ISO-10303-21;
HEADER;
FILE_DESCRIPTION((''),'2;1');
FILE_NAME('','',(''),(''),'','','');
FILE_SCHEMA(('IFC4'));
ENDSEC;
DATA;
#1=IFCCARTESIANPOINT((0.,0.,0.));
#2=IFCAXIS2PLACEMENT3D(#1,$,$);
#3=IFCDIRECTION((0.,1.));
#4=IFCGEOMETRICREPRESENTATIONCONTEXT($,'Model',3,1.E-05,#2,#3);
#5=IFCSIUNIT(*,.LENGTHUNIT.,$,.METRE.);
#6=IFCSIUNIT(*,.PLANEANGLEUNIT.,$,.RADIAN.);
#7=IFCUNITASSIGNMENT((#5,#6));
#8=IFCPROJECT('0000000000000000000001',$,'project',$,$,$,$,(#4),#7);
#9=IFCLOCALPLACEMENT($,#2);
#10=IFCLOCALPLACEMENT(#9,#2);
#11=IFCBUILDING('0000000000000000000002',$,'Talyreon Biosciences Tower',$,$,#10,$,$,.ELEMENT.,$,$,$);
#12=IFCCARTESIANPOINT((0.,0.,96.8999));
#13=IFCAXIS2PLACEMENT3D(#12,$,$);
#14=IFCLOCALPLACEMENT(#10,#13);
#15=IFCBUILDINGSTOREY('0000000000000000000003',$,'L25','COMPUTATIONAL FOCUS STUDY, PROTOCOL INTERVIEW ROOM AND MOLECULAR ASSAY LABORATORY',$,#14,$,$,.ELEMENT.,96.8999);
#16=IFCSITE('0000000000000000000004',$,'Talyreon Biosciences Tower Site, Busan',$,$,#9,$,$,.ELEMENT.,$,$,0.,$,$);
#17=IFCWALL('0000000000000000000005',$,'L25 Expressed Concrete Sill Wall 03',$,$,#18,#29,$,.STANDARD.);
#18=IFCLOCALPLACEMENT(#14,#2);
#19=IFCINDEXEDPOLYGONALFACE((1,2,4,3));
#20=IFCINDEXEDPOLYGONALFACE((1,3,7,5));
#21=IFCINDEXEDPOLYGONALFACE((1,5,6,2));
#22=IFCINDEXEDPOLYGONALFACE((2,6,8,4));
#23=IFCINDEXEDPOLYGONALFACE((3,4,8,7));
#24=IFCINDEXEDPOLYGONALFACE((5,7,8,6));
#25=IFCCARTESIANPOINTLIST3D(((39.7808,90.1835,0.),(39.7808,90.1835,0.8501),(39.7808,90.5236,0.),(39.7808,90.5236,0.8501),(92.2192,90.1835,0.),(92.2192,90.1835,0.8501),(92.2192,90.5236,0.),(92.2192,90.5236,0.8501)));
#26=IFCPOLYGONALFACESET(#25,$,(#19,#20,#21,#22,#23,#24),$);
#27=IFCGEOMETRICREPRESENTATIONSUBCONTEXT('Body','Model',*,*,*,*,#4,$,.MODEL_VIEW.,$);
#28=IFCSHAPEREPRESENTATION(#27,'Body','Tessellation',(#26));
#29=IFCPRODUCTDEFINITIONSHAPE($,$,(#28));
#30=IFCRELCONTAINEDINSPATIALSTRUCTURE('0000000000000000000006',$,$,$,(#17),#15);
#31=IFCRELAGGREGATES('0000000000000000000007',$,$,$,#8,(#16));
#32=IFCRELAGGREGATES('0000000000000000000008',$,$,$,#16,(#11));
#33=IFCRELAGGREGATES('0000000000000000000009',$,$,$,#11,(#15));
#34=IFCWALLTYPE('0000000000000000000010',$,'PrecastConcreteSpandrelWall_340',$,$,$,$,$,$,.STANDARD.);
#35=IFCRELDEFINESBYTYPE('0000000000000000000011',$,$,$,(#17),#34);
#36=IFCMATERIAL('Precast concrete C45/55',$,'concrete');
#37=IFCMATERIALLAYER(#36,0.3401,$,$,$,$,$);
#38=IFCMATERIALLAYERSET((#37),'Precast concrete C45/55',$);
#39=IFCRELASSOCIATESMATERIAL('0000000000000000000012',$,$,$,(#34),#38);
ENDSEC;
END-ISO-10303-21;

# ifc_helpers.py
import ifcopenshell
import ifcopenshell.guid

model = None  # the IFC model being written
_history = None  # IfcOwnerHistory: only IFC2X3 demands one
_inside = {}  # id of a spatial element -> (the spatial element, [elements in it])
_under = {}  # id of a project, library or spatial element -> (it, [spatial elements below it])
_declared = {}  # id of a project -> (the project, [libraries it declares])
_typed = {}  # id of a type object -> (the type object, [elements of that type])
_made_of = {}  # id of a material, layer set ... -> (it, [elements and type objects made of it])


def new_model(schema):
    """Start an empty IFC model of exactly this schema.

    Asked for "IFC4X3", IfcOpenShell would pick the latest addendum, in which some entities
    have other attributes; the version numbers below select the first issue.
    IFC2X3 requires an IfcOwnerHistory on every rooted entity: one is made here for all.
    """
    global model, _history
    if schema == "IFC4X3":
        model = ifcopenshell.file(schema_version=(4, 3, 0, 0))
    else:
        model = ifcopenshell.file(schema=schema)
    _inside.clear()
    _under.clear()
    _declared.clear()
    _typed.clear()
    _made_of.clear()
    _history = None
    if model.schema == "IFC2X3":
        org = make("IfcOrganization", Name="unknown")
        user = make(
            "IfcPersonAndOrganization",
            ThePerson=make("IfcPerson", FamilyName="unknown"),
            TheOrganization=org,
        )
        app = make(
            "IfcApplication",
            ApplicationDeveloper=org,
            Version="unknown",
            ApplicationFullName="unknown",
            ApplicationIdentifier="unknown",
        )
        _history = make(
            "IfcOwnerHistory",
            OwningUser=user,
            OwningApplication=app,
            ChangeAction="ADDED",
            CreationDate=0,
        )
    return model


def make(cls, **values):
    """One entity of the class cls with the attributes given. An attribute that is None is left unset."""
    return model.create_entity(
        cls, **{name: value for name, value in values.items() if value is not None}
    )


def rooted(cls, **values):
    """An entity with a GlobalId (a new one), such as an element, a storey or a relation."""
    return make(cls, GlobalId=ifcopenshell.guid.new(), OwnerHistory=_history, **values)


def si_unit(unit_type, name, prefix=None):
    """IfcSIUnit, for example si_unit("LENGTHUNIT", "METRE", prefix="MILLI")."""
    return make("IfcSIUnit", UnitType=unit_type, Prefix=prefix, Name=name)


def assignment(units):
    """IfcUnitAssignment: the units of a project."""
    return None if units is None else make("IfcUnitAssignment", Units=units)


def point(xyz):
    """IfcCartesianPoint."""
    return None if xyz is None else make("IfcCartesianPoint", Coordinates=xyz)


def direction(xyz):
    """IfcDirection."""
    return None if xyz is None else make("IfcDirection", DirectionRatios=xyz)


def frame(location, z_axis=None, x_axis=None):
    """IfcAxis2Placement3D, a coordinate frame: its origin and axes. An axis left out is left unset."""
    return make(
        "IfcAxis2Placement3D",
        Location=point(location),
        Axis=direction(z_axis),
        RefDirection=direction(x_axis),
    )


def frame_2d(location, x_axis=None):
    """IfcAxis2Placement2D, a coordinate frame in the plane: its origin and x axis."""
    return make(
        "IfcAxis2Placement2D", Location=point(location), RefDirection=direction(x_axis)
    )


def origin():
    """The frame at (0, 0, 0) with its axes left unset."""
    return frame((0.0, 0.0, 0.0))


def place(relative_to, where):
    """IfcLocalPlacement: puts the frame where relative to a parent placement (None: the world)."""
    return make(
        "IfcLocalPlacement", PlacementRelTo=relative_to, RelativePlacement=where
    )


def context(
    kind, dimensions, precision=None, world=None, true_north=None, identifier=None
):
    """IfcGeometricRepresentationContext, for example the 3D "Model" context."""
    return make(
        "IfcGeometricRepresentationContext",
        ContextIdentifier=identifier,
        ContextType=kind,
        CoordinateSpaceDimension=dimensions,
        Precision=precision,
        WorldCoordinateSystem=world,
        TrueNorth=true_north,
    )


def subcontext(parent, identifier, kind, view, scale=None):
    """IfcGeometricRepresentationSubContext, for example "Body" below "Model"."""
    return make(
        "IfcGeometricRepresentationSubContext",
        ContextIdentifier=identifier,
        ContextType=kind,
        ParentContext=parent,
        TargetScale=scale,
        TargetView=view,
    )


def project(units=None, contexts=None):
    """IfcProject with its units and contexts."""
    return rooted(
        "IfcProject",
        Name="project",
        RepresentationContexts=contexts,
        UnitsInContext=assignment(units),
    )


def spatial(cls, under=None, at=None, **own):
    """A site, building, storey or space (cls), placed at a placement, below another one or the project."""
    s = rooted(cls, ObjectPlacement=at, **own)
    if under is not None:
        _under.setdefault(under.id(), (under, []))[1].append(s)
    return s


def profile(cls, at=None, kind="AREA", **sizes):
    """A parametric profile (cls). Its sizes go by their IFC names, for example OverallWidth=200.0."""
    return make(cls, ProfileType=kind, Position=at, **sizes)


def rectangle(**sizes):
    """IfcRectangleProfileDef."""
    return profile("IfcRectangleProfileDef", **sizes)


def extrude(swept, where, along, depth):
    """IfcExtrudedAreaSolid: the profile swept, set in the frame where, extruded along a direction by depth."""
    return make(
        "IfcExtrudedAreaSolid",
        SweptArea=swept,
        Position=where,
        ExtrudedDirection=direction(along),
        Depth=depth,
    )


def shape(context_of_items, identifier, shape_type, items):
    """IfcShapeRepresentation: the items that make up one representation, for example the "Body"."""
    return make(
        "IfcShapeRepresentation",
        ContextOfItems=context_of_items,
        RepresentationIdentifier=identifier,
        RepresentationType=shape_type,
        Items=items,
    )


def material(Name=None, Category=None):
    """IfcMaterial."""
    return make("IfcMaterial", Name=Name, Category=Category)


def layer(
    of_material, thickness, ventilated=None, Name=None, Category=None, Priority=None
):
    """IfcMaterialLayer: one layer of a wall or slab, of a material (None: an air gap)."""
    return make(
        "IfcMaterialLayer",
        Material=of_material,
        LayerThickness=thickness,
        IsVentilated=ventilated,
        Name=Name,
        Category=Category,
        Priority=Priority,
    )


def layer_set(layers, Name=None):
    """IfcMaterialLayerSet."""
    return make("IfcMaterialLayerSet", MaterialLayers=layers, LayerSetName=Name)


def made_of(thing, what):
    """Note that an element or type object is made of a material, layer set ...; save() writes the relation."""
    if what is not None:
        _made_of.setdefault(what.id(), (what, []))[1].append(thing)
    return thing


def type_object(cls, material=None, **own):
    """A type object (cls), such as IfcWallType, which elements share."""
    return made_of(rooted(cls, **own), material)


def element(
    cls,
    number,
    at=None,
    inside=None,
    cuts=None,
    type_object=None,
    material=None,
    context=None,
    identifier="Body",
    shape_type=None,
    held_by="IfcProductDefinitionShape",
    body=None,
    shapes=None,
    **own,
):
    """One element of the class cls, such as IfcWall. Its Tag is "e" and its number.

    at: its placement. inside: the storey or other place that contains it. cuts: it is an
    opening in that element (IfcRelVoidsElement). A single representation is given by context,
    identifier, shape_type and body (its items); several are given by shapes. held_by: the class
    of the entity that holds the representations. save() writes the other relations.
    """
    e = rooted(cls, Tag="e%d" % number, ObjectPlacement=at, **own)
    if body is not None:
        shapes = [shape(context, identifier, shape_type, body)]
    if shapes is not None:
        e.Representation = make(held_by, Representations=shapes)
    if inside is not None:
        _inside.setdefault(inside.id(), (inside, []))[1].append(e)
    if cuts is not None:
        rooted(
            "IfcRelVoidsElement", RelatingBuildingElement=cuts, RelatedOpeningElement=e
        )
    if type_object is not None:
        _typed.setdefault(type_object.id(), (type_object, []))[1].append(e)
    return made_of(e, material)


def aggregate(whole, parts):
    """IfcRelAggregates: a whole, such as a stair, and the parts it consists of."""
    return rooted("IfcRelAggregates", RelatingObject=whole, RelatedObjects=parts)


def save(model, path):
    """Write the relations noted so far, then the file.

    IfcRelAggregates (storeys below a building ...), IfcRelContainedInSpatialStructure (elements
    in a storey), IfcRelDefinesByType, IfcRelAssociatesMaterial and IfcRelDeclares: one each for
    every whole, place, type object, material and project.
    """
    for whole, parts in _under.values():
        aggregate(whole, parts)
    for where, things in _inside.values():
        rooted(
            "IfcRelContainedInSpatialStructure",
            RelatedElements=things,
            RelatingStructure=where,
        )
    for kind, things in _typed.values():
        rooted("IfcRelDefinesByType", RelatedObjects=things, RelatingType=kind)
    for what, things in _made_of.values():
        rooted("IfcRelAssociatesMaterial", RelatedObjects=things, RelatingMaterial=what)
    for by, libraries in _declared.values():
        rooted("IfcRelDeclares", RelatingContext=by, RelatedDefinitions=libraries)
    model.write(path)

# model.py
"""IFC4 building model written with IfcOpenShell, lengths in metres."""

from ifc_helpers import new_model, si_unit, direction, frame, frame_2d, origin, place, context, subcontext, project, spatial, rectangle, extrude, material, layer, layer_set, type_object, element, save


model = new_model("IFC4")

# Units and contexts
model_context = context("Model", 3, precision=1e-05, world=origin(), true_north=direction((0.0, 1.0)))
body_context = subcontext(model_context, "Body", "Model", "MODEL_VIEW")
ifc_project = project(units=[si_unit("LENGTHUNIT", "METRE"), si_unit("PLANEANGLEUNIT", "RADIAN")], contexts=[model_context])

# Site, building, storey
site_placement = place(None, origin())
site = spatial("IfcSite", under=ifc_project, at=site_placement, Name="Talyreon Biosciences Tower Site, Busan", CompositionType="ELEMENT", RefElevation=0.0)
building_placement = place(site_placement, origin())
building = spatial("IfcBuilding", under=site, at=building_placement, Name="Talyreon Biosciences Tower", CompositionType="ELEMENT")
storey_placement = place(building_placement, frame((0.0, 0.0, 96.8999)))
storey = spatial("IfcBuildingStorey", under=building, at=storey_placement, Name="L25", Description="COMPUTATIONAL FOCUS STUDY, PROTOCOL INTERVIEW ROOM AND MOLECULAR ASSAY LABORATORY", CompositionType="ELEMENT", Elevation=96.8999)

# Shared definitions
ifc_material_1 = material(Name="Precast concrete C45/55", Category="concrete")

# Wall
ifc_layer_1 = layer(ifc_material_1, 0.3401)
ifc_layer_set_1 = layer_set([ifc_layer_1], Name="Precast concrete C45/55")
wall_type_1 = type_object("IfcWallType", Name="PrecastConcreteSpandrelWall_340", PredefinedType="STANDARD", material=ifc_layer_set_1)
wall_1_placement = place(storey_placement, frame((39.7808, 90.3535, 0.0), z_axis=(0.0, 0.0, 1.0), x_axis=(1.0, 0.0, 0.0)))
element("IfcWall", 1, at=wall_1_placement, inside=storey, type_object=wall_type_1, Name="L25 Expressed Concrete Sill Wall 03", PredefinedType="STANDARD", context=body_context, shape_type="SweptSolid", body=[
    extrude(rectangle(XDim=52.4385, YDim=0.3401, at=frame_2d((26.2192, 0.0))), origin(), (0.0, 0.0, 1.0), 0.8501),
])

save(model, "model.ifc")
